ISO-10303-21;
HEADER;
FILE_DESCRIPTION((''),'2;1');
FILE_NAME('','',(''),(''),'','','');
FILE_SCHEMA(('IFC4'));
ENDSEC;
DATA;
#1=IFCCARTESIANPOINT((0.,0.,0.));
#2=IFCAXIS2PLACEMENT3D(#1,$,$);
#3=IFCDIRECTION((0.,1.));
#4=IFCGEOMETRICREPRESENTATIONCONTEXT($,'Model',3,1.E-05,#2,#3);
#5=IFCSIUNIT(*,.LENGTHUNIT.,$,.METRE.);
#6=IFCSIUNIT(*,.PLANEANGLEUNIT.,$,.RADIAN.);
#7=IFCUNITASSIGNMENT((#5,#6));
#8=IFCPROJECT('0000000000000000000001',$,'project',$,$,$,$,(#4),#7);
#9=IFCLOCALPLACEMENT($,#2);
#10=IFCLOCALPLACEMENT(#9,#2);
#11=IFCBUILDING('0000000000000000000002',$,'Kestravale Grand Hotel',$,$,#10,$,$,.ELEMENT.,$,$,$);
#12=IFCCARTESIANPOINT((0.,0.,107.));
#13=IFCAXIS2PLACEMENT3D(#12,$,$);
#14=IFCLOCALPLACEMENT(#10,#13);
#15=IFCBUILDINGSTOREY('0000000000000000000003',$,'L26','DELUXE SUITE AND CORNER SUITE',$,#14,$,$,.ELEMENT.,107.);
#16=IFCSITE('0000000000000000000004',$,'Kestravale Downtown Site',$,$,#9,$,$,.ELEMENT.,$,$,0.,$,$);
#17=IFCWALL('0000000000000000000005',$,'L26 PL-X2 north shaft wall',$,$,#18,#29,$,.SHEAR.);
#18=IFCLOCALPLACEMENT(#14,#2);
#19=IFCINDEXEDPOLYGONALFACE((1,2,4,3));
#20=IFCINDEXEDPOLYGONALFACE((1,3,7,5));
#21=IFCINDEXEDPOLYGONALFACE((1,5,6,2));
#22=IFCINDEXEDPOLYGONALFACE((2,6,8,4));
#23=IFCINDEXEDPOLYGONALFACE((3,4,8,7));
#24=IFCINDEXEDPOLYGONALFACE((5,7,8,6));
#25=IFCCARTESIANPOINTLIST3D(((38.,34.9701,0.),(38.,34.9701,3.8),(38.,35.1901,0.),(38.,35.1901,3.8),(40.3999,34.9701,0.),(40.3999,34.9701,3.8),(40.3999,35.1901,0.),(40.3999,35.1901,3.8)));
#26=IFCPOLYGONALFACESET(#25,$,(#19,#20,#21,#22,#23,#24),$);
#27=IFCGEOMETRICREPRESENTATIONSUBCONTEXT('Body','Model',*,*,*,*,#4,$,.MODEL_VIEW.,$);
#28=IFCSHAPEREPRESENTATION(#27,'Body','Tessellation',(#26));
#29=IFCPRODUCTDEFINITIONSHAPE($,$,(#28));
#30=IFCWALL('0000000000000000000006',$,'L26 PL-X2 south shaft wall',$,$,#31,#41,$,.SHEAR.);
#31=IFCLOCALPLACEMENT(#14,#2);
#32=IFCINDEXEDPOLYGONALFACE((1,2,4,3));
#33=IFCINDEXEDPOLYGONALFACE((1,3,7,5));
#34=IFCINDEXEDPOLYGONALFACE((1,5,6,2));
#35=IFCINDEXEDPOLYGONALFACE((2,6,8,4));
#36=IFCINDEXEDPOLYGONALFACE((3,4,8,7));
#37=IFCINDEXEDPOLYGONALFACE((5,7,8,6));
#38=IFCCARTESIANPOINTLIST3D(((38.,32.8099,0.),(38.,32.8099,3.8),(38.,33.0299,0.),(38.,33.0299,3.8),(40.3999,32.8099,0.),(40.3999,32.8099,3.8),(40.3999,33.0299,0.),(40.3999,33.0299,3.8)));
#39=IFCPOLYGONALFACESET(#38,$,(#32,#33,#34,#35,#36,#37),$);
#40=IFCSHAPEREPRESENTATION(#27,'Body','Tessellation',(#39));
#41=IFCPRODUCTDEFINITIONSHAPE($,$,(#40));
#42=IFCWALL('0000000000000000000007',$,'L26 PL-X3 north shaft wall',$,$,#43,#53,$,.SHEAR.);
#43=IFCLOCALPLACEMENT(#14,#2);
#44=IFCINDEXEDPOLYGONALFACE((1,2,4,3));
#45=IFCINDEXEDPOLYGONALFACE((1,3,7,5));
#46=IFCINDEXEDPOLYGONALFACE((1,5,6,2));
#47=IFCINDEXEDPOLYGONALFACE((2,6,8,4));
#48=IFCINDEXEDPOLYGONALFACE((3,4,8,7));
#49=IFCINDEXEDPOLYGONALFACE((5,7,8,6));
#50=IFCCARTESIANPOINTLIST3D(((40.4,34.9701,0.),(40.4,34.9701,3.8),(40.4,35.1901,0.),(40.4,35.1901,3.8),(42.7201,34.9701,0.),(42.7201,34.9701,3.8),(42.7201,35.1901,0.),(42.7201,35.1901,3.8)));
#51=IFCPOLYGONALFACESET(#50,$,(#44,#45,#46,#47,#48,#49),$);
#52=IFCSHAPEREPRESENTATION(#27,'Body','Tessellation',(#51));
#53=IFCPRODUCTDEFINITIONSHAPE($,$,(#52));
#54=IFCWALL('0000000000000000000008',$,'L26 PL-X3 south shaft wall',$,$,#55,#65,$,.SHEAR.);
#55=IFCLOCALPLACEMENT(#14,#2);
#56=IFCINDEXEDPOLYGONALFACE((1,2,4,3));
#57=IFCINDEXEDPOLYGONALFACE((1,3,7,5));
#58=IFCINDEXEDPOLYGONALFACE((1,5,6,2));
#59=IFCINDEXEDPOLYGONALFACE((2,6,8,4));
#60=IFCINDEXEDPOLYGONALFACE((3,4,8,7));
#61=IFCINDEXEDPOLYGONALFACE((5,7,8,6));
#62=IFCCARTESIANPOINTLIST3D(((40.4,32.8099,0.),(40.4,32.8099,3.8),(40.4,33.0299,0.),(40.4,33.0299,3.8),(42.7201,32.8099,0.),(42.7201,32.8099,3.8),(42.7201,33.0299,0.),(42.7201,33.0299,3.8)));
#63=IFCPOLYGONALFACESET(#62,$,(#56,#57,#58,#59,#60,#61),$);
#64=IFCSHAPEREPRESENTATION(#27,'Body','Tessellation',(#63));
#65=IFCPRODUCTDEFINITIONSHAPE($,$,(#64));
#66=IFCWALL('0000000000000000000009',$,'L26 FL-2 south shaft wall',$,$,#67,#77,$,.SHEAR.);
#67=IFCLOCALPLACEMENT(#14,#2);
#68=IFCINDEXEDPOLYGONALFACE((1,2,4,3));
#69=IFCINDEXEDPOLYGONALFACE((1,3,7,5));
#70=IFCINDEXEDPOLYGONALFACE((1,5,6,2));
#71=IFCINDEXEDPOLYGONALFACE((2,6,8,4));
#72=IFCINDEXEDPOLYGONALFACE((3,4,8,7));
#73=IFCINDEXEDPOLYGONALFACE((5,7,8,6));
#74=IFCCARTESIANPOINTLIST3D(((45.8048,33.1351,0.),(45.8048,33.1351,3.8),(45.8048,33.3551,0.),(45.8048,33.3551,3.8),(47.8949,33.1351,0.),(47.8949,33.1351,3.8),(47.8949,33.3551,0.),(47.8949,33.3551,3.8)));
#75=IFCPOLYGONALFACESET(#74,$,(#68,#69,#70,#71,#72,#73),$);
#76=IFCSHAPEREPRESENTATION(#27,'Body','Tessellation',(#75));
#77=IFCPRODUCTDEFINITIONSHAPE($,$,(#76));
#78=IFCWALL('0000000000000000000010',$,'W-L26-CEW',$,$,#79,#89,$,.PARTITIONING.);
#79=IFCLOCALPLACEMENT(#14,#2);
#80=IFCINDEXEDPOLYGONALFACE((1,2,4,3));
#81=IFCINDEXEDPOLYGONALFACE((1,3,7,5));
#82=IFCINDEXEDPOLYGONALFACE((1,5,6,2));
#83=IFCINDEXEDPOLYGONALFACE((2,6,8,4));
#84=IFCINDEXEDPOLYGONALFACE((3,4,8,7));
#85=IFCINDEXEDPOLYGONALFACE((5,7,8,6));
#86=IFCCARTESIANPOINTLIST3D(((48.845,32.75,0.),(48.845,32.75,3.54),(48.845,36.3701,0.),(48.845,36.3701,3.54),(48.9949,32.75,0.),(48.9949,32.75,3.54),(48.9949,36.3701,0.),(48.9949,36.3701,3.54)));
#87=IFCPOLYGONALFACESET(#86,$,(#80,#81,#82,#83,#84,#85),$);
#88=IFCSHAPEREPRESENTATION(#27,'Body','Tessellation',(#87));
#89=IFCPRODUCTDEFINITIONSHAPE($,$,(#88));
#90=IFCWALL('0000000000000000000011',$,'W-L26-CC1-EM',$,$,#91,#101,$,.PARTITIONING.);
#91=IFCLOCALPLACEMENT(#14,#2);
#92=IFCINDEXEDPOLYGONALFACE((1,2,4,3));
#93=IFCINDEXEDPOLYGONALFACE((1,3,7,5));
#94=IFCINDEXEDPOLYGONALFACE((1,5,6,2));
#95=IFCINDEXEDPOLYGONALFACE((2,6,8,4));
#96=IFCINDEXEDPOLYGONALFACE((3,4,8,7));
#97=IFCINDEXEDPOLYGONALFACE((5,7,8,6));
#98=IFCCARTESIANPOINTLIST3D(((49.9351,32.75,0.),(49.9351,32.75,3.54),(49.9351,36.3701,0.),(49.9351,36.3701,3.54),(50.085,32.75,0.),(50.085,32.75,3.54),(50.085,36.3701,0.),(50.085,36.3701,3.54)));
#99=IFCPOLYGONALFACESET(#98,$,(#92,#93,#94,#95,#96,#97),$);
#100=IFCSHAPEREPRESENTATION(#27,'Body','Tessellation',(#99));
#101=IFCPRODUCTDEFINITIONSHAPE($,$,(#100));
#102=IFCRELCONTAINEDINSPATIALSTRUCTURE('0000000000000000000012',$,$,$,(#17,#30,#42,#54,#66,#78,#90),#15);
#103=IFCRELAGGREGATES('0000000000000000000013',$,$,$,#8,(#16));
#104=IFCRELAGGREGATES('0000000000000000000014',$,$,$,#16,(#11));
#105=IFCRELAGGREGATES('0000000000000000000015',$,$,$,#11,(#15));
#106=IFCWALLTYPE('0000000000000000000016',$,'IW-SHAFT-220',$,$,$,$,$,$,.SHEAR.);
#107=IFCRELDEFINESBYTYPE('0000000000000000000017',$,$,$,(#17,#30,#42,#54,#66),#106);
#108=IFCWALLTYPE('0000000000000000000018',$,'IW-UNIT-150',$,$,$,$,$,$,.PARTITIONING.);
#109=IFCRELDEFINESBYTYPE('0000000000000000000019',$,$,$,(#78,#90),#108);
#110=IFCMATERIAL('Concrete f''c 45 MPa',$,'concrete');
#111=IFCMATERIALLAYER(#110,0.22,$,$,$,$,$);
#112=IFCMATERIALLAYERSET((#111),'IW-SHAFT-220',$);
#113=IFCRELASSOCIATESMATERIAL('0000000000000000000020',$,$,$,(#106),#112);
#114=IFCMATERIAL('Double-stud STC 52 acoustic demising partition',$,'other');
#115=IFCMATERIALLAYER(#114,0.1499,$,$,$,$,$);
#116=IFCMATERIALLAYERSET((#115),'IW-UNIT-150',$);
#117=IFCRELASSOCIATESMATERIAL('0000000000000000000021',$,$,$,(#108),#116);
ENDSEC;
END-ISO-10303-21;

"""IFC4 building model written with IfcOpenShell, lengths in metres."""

from ifc_helpers import new_model, si_unit, direction, frame, frame_2d, origin, place, context, subcontext, project, spatial, rectangle, extrude, material, layer, layer_set, type_object, element, save


model = new_model("IFC4")

# Units and contexts
model_context = context("Model", 3, precision=1e-05, world=origin(), true_north=direction((0.0, 1.0)))
body_context = subcontext(model_context, "Body", "Model", "MODEL_VIEW")
ifc_project = project(units=[si_unit("LENGTHUNIT", "METRE"), si_unit("PLANEANGLEUNIT", "RADIAN")], contexts=[model_context])

# Site, building, storey
site_placement = place(None, origin())
site = spatial("IfcSite", under=ifc_project, at=site_placement, Name="Kestravale Downtown Site", CompositionType="ELEMENT", RefElevation=0.0)
building_placement = place(site_placement, origin())
building = spatial("IfcBuilding", under=site, at=building_placement, Name="Kestravale Grand Hotel", CompositionType="ELEMENT")
storey_placement = place(building_placement, frame((0.0, 0.0, 107.0)))
storey = spatial("IfcBuildingStorey", under=building, at=storey_placement, Name="L26", Description="DELUXE SUITE AND CORNER SUITE", CompositionType="ELEMENT", Elevation=107.0)

# Walls
ifc_material_1 = material(Name="Concrete f'c 45 MPa", Category="concrete")
ifc_layer_1 = layer(ifc_material_1, 0.22)
ifc_layer_set_1 = layer_set([ifc_layer_1], Name="IW-SHAFT-220")
wall_type_1 = type_object("IfcWallType", Name="IW-SHAFT-220", PredefinedType="SHEAR", material=ifc_layer_set_1)
for number, where, z_axis, x_axis, name in (
    (1, (38.0, 35.0801, 0.0), (0.0, 0.0, 1.0), (1.0, 0.0, 0.0), "L26 PL-X2 north shaft wall"),
    (2, (38.0, 32.9199, 0.0), (0.0, 0.0, 1.0), (1.0, 0.0, 0.0), "L26 PL-X2 south shaft wall"),
):
    element("IfcWall", number, at=place(storey_placement, frame(where, z_axis=z_axis, x_axis=x_axis)), inside=storey, type_object=wall_type_1, Name=name, PredefinedType="SHEAR", context=body_context, shape_type="SweptSolid", body=[
        extrude(rectangle(XDim=2.3999, YDim=0.22, at=frame_2d((1.2, 0.0))), origin(), (0.0, 0.0, 1.0), 3.8),
    ])
for number, where, z_axis, x_axis, name in (
    (3, (40.3999, 35.0801, 0.0), (0.0, 0.0, 1.0), (1.0, 0.0, 0.0), "L26 PL-X3 north shaft wall"),
    (4, (40.3999, 32.9199, 0.0), (0.0, 0.0, 1.0), (1.0, 0.0, 0.0), "L26 PL-X3 south shaft wall"),
):
    element("IfcWall", number, at=place(storey_placement, frame(where, z_axis=z_axis, x_axis=x_axis)), inside=storey, type_object=wall_type_1, Name=name, PredefinedType="SHEAR", context=body_context, shape_type="SweptSolid", body=[
        extrude(rectangle(XDim=2.3201, YDim=0.22, at=frame_2d((1.1602, 0.0))), origin(), (0.0, 0.0, 1.0), 3.8),
    ])

# Walls
wall_1_placement = place(storey_placement, frame((45.8049, 33.2451, 0.0), z_axis=(0.0, 0.0, 1.0), x_axis=(1.0, 0.0, 0.0)))
element("IfcWall", 5, at=wall_1_placement, inside=storey, type_object=wall_type_1, Name="L26 FL-2 south shaft wall", PredefinedType="SHEAR", context=body_context, shape_type="SweptSolid", body=[
    extrude(rectangle(XDim=2.0901, YDim=0.22, at=frame_2d((1.0449, 0.0))), origin(), (0.0, 0.0, 1.0), 3.8),
])
ifc_material_2 = material(Name="Double-stud STC 52 acoustic demising partition", Category="other")
ifc_layer_2 = layer(ifc_material_2, 0.1499)
ifc_layer_set_2 = layer_set([ifc_layer_2], Name="IW-UNIT-150")
wall_type_2 = type_object("IfcWallType", Name="IW-UNIT-150", PredefinedType="PARTITIONING", material=ifc_layer_set_2)
for number, where, z_axis, x_axis, name in (
    (6, (48.9199, 32.75, 0.0), (0.0, 0.0, 1.0), (0.0, 1.0, 0.0), "W-L26-CEW"),
    (7, (50.01, 32.75, 0.0), (0.0, 0.0, 1.0), (0.0, 1.0, 0.0), "W-L26-CC1-EM"),
):
    element("IfcWall", number, at=place(storey_placement, frame(where, z_axis=z_axis, x_axis=x_axis)), inside=storey, type_object=wall_type_2, Name=name, PredefinedType="PARTITIONING", context=body_context, shape_type="SweptSolid", body=[
        extrude(rectangle(XDim=3.6201, YDim=0.1499, at=frame_2d((1.8101, 0.0))), origin(), (0.0, 0.0, 1.0), 3.54),
    ])

save(model, "model.ifc")
